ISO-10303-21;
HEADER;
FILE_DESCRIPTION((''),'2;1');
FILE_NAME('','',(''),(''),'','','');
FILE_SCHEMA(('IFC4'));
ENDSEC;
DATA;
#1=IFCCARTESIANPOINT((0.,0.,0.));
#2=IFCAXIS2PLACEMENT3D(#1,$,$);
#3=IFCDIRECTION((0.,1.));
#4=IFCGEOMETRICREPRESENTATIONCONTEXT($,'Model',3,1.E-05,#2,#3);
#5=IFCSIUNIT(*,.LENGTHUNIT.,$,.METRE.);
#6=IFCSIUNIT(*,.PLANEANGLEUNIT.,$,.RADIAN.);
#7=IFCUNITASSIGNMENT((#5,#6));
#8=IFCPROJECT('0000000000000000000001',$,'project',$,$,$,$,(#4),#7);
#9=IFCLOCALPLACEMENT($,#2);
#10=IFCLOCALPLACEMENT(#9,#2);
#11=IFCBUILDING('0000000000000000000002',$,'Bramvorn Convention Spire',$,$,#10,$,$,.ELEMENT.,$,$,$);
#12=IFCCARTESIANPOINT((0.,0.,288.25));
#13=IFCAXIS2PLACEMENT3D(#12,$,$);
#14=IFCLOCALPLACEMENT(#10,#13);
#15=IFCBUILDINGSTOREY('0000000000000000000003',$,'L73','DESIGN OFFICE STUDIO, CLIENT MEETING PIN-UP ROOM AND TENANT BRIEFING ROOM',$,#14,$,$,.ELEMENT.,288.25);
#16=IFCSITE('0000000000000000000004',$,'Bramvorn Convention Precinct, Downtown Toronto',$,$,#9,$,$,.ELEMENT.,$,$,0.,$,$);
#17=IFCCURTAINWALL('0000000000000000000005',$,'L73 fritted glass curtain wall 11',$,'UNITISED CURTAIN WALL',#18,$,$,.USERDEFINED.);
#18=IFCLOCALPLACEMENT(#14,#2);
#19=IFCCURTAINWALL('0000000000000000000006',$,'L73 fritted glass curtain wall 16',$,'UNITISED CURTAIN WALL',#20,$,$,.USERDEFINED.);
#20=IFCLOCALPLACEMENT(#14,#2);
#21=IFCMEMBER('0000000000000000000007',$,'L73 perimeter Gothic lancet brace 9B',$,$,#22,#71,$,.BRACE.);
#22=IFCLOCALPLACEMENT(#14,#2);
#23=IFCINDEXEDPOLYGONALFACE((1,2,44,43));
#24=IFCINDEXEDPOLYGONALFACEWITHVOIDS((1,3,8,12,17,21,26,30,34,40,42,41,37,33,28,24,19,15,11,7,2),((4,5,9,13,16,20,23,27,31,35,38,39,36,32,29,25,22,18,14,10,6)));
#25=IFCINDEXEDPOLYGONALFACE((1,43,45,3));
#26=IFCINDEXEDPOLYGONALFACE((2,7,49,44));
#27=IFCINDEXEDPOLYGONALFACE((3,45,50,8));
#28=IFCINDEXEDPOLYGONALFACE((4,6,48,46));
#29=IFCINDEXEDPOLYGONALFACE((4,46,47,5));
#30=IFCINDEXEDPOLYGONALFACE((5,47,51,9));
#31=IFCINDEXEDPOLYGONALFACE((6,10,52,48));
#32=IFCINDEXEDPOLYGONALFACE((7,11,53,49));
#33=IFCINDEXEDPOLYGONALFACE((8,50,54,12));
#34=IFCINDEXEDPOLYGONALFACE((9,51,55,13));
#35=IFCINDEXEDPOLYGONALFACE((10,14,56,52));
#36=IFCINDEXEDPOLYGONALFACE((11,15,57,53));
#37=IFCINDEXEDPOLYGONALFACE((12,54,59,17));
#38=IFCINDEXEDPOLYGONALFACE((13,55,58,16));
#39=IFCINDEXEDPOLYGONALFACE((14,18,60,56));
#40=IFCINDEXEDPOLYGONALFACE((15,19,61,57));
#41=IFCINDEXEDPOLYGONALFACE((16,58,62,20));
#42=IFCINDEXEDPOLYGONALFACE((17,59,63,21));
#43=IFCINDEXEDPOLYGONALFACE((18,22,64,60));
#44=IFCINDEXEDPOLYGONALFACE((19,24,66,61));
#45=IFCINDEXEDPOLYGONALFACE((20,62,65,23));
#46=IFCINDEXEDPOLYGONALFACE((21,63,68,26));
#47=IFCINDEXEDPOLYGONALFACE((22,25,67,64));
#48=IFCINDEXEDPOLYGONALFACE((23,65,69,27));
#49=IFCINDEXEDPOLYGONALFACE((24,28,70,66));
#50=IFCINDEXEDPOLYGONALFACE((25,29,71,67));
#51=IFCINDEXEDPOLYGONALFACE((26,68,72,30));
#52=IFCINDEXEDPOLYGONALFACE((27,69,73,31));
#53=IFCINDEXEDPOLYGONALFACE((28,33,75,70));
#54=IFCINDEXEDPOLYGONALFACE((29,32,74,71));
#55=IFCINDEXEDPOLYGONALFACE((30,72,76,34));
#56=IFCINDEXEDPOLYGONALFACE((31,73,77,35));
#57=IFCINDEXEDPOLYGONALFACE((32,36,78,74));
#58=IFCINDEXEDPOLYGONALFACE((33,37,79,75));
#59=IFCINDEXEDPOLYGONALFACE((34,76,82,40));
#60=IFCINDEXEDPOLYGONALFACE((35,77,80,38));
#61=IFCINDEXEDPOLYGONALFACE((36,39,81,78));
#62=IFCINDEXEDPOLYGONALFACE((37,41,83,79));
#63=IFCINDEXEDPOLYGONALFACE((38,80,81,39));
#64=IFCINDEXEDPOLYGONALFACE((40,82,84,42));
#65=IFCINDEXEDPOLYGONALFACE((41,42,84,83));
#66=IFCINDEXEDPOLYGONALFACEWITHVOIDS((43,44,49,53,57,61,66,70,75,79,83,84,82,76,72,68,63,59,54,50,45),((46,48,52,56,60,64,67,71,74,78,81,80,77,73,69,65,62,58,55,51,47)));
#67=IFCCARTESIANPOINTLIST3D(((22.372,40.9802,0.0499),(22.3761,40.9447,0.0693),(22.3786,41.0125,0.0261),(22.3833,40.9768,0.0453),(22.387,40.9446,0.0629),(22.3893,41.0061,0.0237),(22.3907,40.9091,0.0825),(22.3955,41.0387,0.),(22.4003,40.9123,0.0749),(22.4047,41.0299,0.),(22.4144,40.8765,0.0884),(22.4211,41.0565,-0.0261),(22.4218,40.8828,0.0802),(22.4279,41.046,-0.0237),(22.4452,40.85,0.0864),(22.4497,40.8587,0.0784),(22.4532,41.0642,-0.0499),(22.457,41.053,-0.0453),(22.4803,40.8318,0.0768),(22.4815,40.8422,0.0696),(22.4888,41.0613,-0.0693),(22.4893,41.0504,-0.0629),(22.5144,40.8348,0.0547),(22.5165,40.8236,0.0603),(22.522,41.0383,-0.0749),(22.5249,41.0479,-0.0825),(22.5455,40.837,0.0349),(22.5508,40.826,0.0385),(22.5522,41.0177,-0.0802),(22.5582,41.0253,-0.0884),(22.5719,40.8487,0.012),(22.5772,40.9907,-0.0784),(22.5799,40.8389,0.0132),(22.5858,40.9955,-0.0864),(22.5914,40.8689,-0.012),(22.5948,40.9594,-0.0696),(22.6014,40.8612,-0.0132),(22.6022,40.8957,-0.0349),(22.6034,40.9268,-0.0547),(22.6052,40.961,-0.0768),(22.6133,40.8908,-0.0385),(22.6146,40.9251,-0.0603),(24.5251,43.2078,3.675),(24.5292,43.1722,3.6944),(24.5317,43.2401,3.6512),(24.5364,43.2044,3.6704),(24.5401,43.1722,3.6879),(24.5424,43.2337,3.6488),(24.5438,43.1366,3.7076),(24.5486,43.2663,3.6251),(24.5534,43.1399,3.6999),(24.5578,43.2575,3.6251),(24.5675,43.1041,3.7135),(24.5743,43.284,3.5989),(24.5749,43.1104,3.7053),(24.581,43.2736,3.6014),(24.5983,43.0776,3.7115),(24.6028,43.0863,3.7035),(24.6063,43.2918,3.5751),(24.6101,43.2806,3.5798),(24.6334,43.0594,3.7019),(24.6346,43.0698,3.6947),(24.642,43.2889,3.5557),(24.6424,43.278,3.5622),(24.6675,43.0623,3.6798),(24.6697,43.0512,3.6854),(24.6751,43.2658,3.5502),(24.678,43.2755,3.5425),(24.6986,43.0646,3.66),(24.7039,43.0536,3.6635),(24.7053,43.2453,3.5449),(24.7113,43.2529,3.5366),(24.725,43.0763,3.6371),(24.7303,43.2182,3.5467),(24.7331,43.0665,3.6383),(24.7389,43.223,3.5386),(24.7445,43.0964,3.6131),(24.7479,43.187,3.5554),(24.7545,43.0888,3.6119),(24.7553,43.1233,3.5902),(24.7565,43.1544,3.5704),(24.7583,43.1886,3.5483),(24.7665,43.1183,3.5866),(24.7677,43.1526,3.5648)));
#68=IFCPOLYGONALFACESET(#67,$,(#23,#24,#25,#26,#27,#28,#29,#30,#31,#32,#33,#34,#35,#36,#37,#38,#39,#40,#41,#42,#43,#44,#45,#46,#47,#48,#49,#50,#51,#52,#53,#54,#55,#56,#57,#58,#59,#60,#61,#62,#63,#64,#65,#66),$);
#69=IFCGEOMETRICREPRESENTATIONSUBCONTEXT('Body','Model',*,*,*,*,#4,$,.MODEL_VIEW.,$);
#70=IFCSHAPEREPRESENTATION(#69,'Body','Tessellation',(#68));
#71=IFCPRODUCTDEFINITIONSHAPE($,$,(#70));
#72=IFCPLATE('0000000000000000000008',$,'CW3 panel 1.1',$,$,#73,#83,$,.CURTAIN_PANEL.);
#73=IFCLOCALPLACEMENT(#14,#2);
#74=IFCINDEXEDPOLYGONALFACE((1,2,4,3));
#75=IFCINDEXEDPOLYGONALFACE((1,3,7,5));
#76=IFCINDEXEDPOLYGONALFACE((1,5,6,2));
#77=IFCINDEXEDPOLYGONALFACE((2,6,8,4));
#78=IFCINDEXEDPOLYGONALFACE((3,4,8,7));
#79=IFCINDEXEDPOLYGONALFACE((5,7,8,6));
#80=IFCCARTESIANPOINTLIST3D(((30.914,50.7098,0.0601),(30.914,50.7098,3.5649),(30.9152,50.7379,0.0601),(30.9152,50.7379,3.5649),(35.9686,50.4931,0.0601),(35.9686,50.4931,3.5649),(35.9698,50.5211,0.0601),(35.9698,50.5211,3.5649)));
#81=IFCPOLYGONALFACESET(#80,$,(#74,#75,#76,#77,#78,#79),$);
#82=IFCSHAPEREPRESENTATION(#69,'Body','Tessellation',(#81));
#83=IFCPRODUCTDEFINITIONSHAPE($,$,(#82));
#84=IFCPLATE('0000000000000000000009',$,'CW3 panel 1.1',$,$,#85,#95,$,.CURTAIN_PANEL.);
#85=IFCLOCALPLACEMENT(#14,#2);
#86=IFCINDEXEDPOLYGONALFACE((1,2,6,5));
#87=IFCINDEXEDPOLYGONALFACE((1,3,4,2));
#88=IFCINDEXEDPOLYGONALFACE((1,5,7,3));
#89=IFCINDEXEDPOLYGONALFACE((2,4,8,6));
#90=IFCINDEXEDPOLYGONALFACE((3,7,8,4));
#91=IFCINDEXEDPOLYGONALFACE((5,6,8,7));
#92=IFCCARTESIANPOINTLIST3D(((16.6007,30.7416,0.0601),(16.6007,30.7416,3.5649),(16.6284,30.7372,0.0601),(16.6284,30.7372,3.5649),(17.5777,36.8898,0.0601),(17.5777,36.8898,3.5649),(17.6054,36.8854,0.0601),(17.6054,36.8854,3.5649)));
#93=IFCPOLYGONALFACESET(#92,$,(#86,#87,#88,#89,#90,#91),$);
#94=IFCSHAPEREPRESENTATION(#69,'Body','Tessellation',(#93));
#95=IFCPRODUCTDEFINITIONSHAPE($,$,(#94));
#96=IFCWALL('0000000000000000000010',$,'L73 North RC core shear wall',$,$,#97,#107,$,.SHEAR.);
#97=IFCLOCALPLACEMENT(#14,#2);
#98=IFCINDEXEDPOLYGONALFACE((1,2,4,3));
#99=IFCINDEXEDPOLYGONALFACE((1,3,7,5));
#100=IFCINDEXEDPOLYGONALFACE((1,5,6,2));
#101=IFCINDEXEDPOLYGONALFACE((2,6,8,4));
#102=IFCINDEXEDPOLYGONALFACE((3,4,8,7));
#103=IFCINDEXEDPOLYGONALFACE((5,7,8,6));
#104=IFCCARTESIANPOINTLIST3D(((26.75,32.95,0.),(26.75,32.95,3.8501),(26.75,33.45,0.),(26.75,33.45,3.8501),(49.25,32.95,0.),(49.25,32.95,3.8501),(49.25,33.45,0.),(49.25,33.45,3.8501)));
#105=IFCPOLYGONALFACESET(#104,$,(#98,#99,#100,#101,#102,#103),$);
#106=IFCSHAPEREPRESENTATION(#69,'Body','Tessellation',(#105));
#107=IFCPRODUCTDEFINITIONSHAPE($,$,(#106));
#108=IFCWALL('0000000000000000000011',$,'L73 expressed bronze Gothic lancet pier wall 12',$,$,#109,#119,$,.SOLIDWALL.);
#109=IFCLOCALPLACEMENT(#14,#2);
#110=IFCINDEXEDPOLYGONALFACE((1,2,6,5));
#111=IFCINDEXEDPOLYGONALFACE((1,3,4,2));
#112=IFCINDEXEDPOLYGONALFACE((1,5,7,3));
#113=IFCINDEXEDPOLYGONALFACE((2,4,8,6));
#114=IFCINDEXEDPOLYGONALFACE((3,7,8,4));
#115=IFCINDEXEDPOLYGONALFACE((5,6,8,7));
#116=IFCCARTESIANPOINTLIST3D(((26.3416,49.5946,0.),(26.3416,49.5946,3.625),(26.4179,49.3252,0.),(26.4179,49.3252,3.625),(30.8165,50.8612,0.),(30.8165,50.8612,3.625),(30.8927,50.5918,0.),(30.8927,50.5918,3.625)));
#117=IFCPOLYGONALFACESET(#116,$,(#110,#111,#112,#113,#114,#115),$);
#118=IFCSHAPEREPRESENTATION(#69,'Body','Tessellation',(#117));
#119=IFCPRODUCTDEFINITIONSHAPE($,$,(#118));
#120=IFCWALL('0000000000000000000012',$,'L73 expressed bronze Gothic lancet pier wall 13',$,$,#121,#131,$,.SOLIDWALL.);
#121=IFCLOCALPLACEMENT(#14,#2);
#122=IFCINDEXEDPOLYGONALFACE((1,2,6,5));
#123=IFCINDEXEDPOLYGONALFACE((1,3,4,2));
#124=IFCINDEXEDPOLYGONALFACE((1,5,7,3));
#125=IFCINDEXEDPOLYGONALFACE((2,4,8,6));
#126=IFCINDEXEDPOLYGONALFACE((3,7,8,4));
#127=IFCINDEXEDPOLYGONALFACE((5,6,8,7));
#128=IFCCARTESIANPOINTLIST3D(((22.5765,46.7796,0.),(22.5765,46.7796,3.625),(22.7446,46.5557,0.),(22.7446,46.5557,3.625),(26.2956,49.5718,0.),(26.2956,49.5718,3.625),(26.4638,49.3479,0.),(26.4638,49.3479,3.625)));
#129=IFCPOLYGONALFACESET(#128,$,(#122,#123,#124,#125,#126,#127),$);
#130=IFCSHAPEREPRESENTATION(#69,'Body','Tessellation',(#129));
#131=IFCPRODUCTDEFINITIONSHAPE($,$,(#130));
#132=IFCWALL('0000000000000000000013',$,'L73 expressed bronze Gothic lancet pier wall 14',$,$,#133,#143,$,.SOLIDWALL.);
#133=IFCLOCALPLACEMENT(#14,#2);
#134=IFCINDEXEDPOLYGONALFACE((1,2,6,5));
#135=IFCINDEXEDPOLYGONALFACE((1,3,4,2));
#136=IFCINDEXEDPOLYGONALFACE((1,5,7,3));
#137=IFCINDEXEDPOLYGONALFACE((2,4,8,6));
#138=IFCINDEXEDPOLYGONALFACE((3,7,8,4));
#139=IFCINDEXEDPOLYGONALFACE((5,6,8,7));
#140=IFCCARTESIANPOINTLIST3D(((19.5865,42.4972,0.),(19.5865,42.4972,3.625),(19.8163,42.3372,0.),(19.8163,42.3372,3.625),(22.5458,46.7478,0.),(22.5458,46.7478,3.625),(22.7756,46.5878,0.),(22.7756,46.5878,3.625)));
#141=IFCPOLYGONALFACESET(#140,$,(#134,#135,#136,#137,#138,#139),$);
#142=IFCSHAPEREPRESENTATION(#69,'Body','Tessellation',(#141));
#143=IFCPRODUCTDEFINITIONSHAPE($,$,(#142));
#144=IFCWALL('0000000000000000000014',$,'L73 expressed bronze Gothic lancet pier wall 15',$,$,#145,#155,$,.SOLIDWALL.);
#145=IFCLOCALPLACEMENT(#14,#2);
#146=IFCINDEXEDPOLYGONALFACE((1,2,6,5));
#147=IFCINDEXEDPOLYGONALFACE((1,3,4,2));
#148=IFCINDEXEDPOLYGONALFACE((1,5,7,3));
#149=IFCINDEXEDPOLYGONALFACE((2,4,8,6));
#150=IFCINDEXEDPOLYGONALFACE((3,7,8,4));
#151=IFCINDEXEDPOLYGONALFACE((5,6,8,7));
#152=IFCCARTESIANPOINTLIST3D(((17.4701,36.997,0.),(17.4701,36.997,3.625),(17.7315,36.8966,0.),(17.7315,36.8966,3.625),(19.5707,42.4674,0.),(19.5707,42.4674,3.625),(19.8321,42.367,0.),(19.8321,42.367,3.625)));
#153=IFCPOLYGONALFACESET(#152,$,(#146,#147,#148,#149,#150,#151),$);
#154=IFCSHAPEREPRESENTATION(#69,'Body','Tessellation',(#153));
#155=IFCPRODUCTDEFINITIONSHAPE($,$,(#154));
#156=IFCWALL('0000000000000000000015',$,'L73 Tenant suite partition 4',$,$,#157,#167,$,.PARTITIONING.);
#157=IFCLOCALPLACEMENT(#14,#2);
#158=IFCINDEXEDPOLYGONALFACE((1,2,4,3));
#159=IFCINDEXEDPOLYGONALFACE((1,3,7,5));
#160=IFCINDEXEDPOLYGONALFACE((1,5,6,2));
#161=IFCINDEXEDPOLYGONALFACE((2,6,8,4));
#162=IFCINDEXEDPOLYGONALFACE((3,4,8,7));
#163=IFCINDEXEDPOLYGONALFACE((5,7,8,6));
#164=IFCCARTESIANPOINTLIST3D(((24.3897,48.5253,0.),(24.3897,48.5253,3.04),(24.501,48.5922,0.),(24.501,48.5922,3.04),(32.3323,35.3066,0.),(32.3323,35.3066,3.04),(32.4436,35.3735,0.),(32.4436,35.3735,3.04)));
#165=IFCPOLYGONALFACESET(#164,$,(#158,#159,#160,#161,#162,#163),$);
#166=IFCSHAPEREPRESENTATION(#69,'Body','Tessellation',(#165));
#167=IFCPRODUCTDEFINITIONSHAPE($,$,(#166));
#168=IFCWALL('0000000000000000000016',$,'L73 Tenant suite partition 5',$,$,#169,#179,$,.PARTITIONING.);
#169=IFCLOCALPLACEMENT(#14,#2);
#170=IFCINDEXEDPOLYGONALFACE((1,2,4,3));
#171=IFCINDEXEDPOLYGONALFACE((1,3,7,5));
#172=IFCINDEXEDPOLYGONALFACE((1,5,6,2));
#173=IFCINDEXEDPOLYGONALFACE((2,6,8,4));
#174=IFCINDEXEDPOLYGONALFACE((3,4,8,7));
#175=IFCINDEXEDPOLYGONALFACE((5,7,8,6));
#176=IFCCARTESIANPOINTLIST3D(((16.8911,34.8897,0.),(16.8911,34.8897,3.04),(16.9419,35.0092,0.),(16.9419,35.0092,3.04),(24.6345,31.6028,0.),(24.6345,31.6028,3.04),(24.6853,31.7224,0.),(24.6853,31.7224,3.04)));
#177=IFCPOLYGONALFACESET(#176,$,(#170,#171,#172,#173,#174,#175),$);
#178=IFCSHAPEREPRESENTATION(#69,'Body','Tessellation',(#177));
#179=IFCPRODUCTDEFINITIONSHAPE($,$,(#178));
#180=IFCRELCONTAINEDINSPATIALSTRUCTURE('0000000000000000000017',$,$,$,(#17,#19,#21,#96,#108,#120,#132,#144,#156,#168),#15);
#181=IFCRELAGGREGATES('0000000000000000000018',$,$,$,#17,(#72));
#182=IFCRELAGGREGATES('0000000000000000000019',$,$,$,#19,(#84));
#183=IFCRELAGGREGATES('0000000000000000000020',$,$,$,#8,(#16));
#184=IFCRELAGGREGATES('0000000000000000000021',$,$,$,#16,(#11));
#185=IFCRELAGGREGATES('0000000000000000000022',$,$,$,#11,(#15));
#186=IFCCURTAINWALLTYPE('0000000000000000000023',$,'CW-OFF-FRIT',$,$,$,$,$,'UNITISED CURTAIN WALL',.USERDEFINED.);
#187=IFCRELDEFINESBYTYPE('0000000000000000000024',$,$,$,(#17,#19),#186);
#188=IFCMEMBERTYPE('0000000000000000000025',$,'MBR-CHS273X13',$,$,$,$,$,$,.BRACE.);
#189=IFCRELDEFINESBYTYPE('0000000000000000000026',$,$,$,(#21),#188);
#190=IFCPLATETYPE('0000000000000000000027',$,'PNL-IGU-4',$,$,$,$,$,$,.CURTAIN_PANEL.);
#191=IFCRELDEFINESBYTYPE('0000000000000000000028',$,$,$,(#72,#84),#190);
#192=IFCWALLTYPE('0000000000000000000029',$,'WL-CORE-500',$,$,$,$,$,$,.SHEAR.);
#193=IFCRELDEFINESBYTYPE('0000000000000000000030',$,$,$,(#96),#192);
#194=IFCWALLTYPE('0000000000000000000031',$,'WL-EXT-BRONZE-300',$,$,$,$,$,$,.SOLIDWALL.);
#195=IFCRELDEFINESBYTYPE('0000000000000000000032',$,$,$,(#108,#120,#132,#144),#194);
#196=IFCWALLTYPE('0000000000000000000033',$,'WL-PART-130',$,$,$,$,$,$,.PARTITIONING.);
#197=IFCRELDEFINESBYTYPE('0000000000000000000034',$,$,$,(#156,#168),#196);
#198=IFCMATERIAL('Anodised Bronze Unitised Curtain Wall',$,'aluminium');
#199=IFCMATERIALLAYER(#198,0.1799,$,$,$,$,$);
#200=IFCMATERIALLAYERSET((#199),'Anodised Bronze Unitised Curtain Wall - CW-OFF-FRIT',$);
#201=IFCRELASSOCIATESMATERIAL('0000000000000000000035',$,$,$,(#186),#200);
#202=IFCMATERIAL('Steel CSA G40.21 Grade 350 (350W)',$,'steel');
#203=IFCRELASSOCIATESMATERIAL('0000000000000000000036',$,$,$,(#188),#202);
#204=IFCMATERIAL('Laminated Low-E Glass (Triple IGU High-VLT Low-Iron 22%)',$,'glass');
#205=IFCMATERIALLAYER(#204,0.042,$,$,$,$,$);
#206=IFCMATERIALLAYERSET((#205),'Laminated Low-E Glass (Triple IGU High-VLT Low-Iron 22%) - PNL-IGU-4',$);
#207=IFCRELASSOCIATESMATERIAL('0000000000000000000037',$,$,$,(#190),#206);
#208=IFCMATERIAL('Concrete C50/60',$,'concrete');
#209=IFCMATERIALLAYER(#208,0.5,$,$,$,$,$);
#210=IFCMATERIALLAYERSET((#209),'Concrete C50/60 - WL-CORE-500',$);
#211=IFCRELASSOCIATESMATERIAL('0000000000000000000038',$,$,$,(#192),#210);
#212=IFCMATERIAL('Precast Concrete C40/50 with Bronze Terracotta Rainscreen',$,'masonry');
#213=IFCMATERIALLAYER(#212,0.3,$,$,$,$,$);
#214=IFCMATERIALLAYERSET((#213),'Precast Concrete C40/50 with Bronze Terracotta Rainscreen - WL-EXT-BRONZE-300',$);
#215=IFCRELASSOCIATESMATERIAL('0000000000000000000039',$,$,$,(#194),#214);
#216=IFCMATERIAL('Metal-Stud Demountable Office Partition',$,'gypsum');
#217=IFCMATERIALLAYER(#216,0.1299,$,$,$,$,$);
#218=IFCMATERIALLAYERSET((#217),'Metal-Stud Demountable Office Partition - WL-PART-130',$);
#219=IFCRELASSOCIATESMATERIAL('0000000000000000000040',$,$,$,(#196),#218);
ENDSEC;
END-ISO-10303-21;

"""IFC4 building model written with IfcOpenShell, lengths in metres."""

from ifc_helpers import new_model, si_unit, direction, frame, frame_2d, origin, origin_2d, place, context, subcontext, project, spatial, rectangle, hollow_circle, extrude, material, layer, layer_set, material_profile, profile_set, type_object, element, aggregate, save


model = new_model("IFC4")

# Units and contexts
model_context = context("Model", 3, precision=1e-05, world=origin(), true_north=direction((0.0, 1.0)))
body_context = subcontext(model_context, "Body", "Model", "MODEL_VIEW")
ifc_project = project(units=[si_unit("LENGTHUNIT", "METRE"), si_unit("PLANEANGLEUNIT", "RADIAN")], contexts=[model_context])

# Site, building, storey
site_placement = place(None, origin())
site = spatial("IfcSite", under=ifc_project, at=site_placement, Name="Bramvorn Convention Precinct, Downtown Toronto", CompositionType="ELEMENT", RefElevation=0.0)
building_placement = place(site_placement, origin())
building = spatial("IfcBuilding", under=site, at=building_placement, Name="Bramvorn Convention Spire", CompositionType="ELEMENT")
storey_placement = place(building_placement, frame((0.0, 0.0, 288.25)))
storey = spatial("IfcBuildingStorey", under=building, at=storey_placement, Name="L73", Description="DESIGN OFFICE STUDIO, CLIENT MEETING PIN-UP ROOM AND TENANT BRIEFING ROOM", CompositionType="ELEMENT", Elevation=288.25)

# Shared definitions
ifc_material_1 = material(Name="Steel CSA G40.21 Grade 350 (350W)", Category="steel")

# Curtain walls
ifc_material_2 = material(Name="Anodised Bronze Unitised Curtain Wall", Category="aluminium")
ifc_layer_1 = layer(ifc_material_2, 0.1799)
ifc_layer_set_1 = layer_set([ifc_layer_1], Name="Anodised Bronze Unitised Curtain Wall - CW-OFF-FRIT")
curtain_wall_type = type_object("IfcCurtainWallType", Name="CW-OFF-FRIT", ElementType="UNITISED CURTAIN WALL", PredefinedType="USERDEFINED", material=ifc_layer_set_1)
curtain_wall_1_placement = place(storey_placement, origin())
curtain_wall_1 = element("IfcCurtainWall", 1, at=curtain_wall_1_placement, inside=storey, type_object=curtain_wall_type, Name="L73 fritted glass curtain wall 11", ObjectType="UNITISED CURTAIN WALL", PredefinedType="USERDEFINED")
curtain_wall_2_placement = place(storey_placement, origin())
curtain_wall_2 = element("IfcCurtainWall", 2, at=curtain_wall_2_placement, inside=storey, type_object=curtain_wall_type, Name="L73 fritted glass curtain wall 16", ObjectType="UNITISED CURTAIN WALL", PredefinedType="USERDEFINED")

# Member
ifc_material_profile_1 = material_profile(ifc_material_1, hollow_circle(Radius=0.1365, WallThickness=0.0127, at=origin_2d()))
ifc_profile_set_1 = profile_set([ifc_material_profile_1], Name="Steel CSA G40.21 Grade 350 (350W) - CHS273X13")
member_type_1 = type_object("IfcMemberType", Name="MBR-CHS273X13", PredefinedType="BRACE", material=ifc_profile_set_1)
for number, where, z_axis, x_axis, name in (
    (3, (22.4937, 40.9438, 0.0), (0.451524, 0.467139, 0.760202), (-0.719023, 0.694987, 0.0), "L73 perimeter Gothic lancet brace 9B"),
):
    element("IfcMember", number, at=place(storey_placement, frame(where, z_axis=z_axis, x_axis=x_axis)), inside=storey, type_object=member_type_1, Name=name, PredefinedType="BRACE", context=body_context, shape_type="SweptSolid", body=[
        extrude(hollow_circle(Radius=0.1365, WallThickness=0.0127, at=origin_2d()), origin(), (0.0, 0.0, 1.0), 4.7686),
    ])

# Plates
ifc_material_3 = material(Name="Laminated Low-E Glass (Triple IGU High-VLT Low-Iron 22%)", Category="glass")
ifc_layer_2 = layer(ifc_material_3, 0.042)
ifc_layer_set_2 = layer_set([ifc_layer_2], Name="Laminated Low-E Glass (Triple IGU High-VLT Low-Iron 22%) - PNL-IGU-4")
plate_type = type_object("IfcPlateType", Name="PNL-IGU-4", PredefinedType="CURTAIN_PANEL", material=ifc_layer_set_2)
plate_1_placement = place(storey_placement, frame((33.4419, 50.6155, 0.0601), z_axis=(0.0, 0.0, 1.0), x_axis=(0.999082, -0.042844, 0.0)))
plate_1 = element("IfcPlate", 4, at=plate_1_placement, type_object=plate_type, Name="CW3 panel 1.1", PredefinedType="CURTAIN_PANEL", context=body_context, shape_type="SweptSolid", body=[
    extrude(rectangle(XDim=5.0593, YDim=0.0281, at=origin_2d()), origin(), (0.0, 0.0, 1.0), 3.5049),
])
aggregate(curtain_wall_1, [plate_1])
plate_2_placement = place(storey_placement, frame((17.103, 33.8135, 0.0601), z_axis=(0.0, 0.0, 1.0), x_axis=(0.156937, 0.987609, 0.0)))
plate_2 = element("IfcPlate", 5, at=plate_2_placement, type_object=plate_type, Name="CW3 panel 1.1", PredefinedType="CURTAIN_PANEL", context=body_context, shape_type="SweptSolid", body=[
    extrude(rectangle(XDim=6.2253, YDim=0.0281, at=origin_2d()), origin(), (0.0, 0.0, 1.0), 3.5049),
])
aggregate(curtain_wall_2, [plate_2])

# Walls
ifc_material_4 = material(Name="Concrete C50/60", Category="concrete")
ifc_layer_3 = layer(ifc_material_4, 0.5)
ifc_layer_set_3 = layer_set([ifc_layer_3], Name="Concrete C50/60 - WL-CORE-500")
wall_type_1 = type_object("IfcWallType", Name="WL-CORE-500", PredefinedType="SHEAR", material=ifc_layer_set_3)
wall_1_placement = place(storey_placement, frame((26.75, 33.2, 0.0), z_axis=(0.0, 0.0, 1.0), x_axis=(1.0, 0.0, 0.0)))
element("IfcWall", 6, at=wall_1_placement, inside=storey, type_object=wall_type_1, Name="L73 North RC core shear wall", PredefinedType="SHEAR", context=body_context, shape_type="SweptSolid", body=[
    extrude(rectangle(XDim=22.5, YDim=0.5, at=frame_2d((11.25, 0.0))), origin(), (0.0, 0.0, 1.0), 3.8501),
])
ifc_material_5 = material(Name="Precast Concrete C40/50 with Bronze Terracotta Rainscreen", Category="masonry")
ifc_layer_4 = layer(ifc_material_5, 0.3)
ifc_layer_set_4 = layer_set([ifc_layer_4], Name="Precast Concrete C40/50 with Bronze Terracotta Rainscreen - WL-EXT-BRONZE-300")
wall_type_2 = type_object("IfcWallType", Name="WL-EXT-BRONZE-300", PredefinedType="SOLIDWALL", material=ifc_layer_set_4)
for number, where, z_axis, x_axis, name in (
    (7, (26.3799, 49.46, 0.0), (0.0, 0.0, 1.0), (0.962199, 0.272349, 0.0), "L73 expressed bronze Gothic lancet pier wall 12"),
    (8, (22.6606, 46.6677, 0.0), (0.0, 0.0, 1.0), (0.79971, 0.600386, 0.0), "L73 expressed bronze Gothic lancet pier wall 13"),
):
    element("IfcWall", number, at=place(storey_placement, frame(where, z_axis=z_axis, x_axis=x_axis)), inside=storey, type_object=wall_type_2, Name=name, PredefinedType="SOLIDWALL", context=body_context, shape_type="SweptSolid", body=[
        extrude(rectangle(XDim=4.6506, YDim=0.28, at=frame_2d((2.3252, 0.0))), origin(), (0.0, 0.0, 1.0), 3.625),
    ])
wall_2_placement = place(storey_placement, frame((19.7014, 42.4172, 0.0), z_axis=(0.0, 0.0, 1.0), x_axis=(0.571372, 0.820691, 0.0)))
element("IfcWall", 9, at=wall_2_placement, inside=storey, type_object=wall_type_2, Name="L73 expressed bronze Gothic lancet pier wall 14", PredefinedType="SOLIDWALL", context=body_context, shape_type="SweptSolid", body=[
    extrude(rectangle(XDim=5.1792, YDim=0.28, at=frame_2d((2.5896, 0.0))), origin(), (0.0, 0.0, 1.0), 3.625),
])
wall_3_placement = place(storey_placement, frame((17.6008, 36.9468, 0.0), z_axis=(0.0, 0.0, 1.0), x_axis=(0.358468, 0.933542, 0.0)))
element("IfcWall", 10, at=wall_3_placement, inside=storey, type_object=wall_type_2, Name="L73 expressed bronze Gothic lancet pier wall 15", PredefinedType="SOLIDWALL", context=body_context, shape_type="SweptSolid", body=[
    extrude(rectangle(XDim=5.8599, YDim=0.28, at=frame_2d((2.9299, 0.0))), origin(), (0.0, 0.0, 1.0), 3.625),
])
ifc_material_6 = material(Name="Metal-Stud Demountable Office Partition", Category="gypsum")
ifc_layer_5 = layer(ifc_material_6, 0.1299)
ifc_layer_set_5 = layer_set([ifc_layer_5], Name="Metal-Stud Demountable Office Partition - WL-PART-130")
wall_type_3 = type_object("IfcWallType", Name="WL-PART-130", PredefinedType="PARTITIONING", material=ifc_layer_set_5)
wall_4_placement = place(storey_placement, frame((32.3879, 35.3401, 0.0), z_axis=(0.0, 0.0, 1.0), x_axis=(-0.515038, 0.857167, 0.0)))
element("IfcWall", 11, at=wall_4_placement, inside=storey, type_object=wall_type_3, Name="L73 Tenant suite partition 4", PredefinedType="PARTITIONING", context=body_context, shape_type="SweptSolid", body=[
    extrude(rectangle(XDim=15.4214, YDim=0.1299, at=frame_2d((7.7107, 0.0))), origin(), (0.0, 0.0, 1.0), 3.04),
])
wall_5_placement = place(storey_placement, frame((24.6599, 31.6626, 0.0), z_axis=(0.0, 0.0, 1.0), x_axis=(-0.920506, 0.390729, 0.0)))
element("IfcWall", 12, at=wall_5_placement, inside=storey, type_object=wall_type_3, Name="L73 Tenant suite partition 5", PredefinedType="PARTITIONING", context=body_context, shape_type="SweptSolid", body=[
    extrude(rectangle(XDim=8.4121, YDim=0.1299, at=frame_2d((4.2061, 0.0))), origin(), (0.0, 0.0, 1.0), 3.04),
])

save(model, "model.ifc")
